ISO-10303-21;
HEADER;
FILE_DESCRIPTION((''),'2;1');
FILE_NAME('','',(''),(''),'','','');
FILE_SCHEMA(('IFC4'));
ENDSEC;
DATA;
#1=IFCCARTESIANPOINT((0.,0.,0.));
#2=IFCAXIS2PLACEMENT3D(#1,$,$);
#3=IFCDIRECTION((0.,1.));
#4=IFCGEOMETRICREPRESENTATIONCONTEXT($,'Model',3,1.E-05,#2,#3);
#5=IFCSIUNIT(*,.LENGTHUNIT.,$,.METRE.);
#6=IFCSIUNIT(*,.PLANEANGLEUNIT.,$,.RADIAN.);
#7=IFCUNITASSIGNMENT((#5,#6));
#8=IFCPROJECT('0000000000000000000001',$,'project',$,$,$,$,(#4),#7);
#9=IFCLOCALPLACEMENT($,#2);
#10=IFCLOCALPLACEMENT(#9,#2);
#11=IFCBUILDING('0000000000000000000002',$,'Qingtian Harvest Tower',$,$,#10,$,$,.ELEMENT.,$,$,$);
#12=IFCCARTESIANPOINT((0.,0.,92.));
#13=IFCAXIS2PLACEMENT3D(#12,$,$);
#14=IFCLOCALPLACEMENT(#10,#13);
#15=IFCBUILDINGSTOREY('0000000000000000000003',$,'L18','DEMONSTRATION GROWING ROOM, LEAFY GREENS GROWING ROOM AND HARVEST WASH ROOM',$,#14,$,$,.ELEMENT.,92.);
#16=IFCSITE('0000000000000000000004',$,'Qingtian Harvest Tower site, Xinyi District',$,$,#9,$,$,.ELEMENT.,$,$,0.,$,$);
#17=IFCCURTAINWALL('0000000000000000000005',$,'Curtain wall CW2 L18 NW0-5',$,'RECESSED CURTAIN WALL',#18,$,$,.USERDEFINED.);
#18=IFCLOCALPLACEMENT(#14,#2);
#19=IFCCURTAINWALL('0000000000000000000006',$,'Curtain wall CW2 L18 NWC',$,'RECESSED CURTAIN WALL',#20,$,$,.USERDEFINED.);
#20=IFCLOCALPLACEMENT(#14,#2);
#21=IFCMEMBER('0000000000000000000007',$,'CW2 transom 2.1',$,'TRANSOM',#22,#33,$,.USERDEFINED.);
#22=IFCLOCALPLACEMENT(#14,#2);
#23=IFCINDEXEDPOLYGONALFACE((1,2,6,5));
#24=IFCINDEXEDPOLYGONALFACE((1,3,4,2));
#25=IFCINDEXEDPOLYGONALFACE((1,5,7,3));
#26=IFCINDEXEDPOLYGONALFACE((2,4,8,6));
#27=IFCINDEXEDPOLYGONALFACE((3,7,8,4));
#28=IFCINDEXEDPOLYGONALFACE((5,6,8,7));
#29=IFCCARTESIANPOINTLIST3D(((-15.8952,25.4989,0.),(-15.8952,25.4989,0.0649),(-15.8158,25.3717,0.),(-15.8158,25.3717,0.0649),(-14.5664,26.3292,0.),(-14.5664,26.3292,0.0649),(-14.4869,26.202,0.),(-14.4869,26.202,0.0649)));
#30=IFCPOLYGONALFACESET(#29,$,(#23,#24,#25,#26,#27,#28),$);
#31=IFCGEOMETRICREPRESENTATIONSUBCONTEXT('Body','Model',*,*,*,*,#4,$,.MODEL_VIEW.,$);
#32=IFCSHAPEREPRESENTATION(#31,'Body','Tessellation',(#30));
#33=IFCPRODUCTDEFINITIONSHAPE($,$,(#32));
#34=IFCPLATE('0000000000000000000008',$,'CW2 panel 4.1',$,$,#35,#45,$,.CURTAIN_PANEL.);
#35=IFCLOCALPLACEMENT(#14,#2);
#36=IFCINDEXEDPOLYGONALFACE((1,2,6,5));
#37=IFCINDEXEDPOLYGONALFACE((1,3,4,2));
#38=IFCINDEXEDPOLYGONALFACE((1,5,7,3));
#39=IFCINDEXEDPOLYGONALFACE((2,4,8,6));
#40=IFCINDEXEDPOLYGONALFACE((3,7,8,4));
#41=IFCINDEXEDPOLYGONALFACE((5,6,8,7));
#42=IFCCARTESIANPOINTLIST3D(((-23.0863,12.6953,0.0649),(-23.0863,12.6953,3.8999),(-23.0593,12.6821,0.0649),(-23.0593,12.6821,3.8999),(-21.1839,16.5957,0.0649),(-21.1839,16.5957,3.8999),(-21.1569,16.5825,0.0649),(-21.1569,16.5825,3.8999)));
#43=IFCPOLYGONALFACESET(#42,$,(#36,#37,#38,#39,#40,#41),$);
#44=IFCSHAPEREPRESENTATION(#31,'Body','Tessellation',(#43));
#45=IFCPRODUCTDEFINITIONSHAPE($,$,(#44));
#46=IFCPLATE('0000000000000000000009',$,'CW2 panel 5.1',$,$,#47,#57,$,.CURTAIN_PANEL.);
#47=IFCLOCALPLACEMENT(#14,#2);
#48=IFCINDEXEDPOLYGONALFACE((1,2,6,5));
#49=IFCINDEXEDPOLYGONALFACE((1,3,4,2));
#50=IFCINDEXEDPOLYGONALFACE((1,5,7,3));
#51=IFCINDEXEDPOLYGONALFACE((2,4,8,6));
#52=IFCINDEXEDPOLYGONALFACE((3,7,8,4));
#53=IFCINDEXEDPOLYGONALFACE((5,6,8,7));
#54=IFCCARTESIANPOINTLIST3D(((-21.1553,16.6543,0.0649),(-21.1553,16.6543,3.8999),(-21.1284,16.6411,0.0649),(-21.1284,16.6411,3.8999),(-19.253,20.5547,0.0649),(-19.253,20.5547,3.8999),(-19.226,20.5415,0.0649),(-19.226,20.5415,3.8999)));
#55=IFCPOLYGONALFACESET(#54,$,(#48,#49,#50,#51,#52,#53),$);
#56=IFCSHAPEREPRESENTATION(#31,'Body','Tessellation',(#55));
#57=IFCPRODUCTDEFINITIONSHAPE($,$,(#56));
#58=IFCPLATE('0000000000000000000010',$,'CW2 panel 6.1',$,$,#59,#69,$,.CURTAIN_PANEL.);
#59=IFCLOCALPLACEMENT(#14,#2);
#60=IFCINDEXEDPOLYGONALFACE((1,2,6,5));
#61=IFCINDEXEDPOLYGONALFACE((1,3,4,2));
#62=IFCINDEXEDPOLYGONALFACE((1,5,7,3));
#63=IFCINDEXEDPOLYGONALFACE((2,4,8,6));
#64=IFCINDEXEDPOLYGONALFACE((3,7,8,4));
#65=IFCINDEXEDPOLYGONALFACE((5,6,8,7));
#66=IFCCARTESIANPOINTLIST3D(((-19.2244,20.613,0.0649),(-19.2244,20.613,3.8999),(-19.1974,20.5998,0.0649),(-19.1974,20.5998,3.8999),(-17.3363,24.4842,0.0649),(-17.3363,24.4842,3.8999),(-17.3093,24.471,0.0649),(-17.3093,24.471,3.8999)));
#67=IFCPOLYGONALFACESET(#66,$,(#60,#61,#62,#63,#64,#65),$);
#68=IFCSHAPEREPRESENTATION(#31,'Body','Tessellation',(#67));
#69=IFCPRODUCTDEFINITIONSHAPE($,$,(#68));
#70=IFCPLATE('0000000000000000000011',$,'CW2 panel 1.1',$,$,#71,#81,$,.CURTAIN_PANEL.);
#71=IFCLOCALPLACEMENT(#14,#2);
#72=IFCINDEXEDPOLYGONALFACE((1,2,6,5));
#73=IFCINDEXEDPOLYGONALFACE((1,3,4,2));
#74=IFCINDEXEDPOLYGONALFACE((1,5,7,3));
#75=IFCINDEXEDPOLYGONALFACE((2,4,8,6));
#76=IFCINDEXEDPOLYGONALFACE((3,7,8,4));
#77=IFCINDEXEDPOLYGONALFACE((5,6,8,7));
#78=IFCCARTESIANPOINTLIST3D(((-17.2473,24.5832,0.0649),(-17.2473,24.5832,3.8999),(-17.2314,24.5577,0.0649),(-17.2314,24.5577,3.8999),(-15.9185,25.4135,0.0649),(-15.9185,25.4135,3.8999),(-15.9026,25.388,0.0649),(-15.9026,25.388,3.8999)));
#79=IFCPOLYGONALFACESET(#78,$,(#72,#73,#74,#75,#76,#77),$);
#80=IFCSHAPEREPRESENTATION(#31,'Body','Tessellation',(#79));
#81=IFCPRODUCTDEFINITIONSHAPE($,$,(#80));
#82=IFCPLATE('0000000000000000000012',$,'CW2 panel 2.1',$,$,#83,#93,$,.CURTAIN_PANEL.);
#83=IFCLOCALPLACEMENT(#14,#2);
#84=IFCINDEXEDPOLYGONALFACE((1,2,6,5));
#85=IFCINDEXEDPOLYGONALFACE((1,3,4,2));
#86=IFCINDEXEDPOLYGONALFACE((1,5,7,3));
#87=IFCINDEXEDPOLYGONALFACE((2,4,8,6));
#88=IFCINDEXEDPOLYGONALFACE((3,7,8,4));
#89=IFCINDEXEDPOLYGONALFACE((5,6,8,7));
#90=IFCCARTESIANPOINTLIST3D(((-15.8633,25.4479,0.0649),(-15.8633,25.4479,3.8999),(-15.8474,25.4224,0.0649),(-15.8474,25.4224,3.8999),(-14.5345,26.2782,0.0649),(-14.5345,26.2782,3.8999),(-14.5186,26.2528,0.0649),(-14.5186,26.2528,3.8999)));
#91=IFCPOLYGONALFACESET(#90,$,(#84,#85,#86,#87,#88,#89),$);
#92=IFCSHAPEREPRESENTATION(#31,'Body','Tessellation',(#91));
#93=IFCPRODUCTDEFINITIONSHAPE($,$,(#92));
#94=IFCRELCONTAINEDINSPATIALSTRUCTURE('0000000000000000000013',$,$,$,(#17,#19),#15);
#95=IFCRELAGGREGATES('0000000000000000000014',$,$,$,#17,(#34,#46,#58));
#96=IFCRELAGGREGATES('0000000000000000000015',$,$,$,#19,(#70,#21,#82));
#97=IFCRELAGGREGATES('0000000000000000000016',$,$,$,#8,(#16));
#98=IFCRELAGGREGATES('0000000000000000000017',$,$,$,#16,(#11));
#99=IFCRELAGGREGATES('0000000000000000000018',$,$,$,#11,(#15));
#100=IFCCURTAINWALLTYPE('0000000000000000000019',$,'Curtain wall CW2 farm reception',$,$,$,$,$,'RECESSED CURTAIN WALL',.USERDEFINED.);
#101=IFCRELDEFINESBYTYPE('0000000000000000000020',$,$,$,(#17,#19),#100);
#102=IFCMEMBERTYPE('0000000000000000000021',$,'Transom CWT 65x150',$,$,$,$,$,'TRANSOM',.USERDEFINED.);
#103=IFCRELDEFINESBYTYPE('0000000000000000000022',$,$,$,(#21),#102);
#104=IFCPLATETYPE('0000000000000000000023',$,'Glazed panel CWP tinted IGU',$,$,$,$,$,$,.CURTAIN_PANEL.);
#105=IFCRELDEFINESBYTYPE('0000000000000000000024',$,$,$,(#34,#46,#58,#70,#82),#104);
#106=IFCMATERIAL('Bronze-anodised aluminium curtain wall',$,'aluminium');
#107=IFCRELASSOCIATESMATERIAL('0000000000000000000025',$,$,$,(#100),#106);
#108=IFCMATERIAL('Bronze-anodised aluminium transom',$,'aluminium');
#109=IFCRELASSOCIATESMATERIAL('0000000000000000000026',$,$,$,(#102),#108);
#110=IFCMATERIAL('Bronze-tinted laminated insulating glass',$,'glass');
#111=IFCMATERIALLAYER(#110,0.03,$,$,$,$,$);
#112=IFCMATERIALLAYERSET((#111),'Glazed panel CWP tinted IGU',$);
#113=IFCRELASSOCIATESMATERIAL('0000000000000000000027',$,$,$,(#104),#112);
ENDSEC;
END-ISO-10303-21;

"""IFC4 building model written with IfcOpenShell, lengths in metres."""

from ifc_helpers import new_model, si_unit, direction, frame, origin, origin_2d, place, context, subcontext, project, spatial, rectangle, extrude, material, layer, layer_set, material_profile, profile_set, type_object, element, aggregate, save


model = new_model("IFC4")

# Units and contexts
model_context = context("Model", 3, precision=1e-05, world=origin(), true_north=direction((0.0, 1.0)))
body_context = subcontext(model_context, "Body", "Model", "MODEL_VIEW")
ifc_project = project(units=[si_unit("LENGTHUNIT", "METRE"), si_unit("PLANEANGLEUNIT", "RADIAN")], contexts=[model_context])

# Site, building, storey
site_placement = place(None, origin())
site = spatial("IfcSite", under=ifc_project, at=site_placement, Name="Qingtian Harvest Tower site, Xinyi District", CompositionType="ELEMENT", RefElevation=0.0)
building_placement = place(site_placement, origin())
building = spatial("IfcBuilding", under=site, at=building_placement, Name="Qingtian Harvest Tower", CompositionType="ELEMENT")
storey_placement = place(building_placement, frame((0.0, 0.0, 92.0)))
storey = spatial("IfcBuildingStorey", under=building, at=storey_placement, Name="L18", Description="DEMONSTRATION GROWING ROOM, LEAFY GREENS GROWING ROOM AND HARVEST WASH ROOM", CompositionType="ELEMENT", Elevation=92.0)

# Curtain walls
ifc_material_1 = material(Name="Bronze-anodised aluminium curtain wall", Category="aluminium")
curtain_wall_type = type_object("IfcCurtainWallType", Name="Curtain wall CW2 farm reception", ElementType="RECESSED CURTAIN WALL", PredefinedType="USERDEFINED", material=ifc_material_1)
curtain_wall_1_placement = place(storey_placement, origin())
curtain_wall_1 = element("IfcCurtainWall", 1, at=curtain_wall_1_placement, inside=storey, type_object=curtain_wall_type, Name="Curtain wall CW2 L18 NW0-5", ObjectType="RECESSED CURTAIN WALL", PredefinedType="USERDEFINED")
curtain_wall_2_placement = place(storey_placement, origin())
curtain_wall_2 = element("IfcCurtainWall", 2, at=curtain_wall_2_placement, inside=storey, type_object=curtain_wall_type, Name="Curtain wall CW2 L18 NWC", ObjectType="RECESSED CURTAIN WALL", PredefinedType="USERDEFINED")

# Member
ifc_material_2 = material(Name="Bronze-anodised aluminium transom", Category="aluminium")
ifc_material_profile_1 = material_profile(ifc_material_2, rectangle(XDim=0.1499, YDim=0.0649, at=origin_2d()), Name="AL 65x150")
ifc_profile_set_1 = profile_set([ifc_material_profile_1], Name="Bronze-anodised aluminium transom")
member_type_1 = type_object("IfcMemberType", Name="Transom CWT 65x150", ElementType="TRANSOM", PredefinedType="USERDEFINED", material=ifc_profile_set_1)
member_1_placement = place(storey_placement, frame((-15.8555, 25.4353, 0.0325), z_axis=(0.84806, 0.529901, 0.0), x_axis=(-0.529901, 0.84806, 0.0)))
member_1 = element("IfcMember", 3, at=member_1_placement, type_object=member_type_1, Name="CW2 transom 2.1", ObjectType="TRANSOM", PredefinedType="USERDEFINED", context=body_context, shape_type="SweptSolid", body=[
    extrude(rectangle(XDim=0.1499, YDim=0.0649, at=origin_2d()), origin(), (0.0, 0.0, 1.0), 1.5669),
])

# Plates
ifc_material_3 = material(Name="Bronze-tinted laminated insulating glass", Category="glass")
ifc_layer = layer(ifc_material_3, 0.03)
ifc_layer_set = layer_set([ifc_layer], Name="Glazed panel CWP tinted IGU")
plate_type = type_object("IfcPlateType", Name="Glazed panel CWP tinted IGU", PredefinedType="CURTAIN_PANEL", material=ifc_layer_set)
plate_1_placement = place(storey_placement, frame((-22.1216, 14.6389, 0.0649), z_axis=(0.0, 0.0, 1.0), x_axis=(0.438371, 0.898794, 0.0)))
plate_1 = element("IfcPlate", 4, at=plate_1_placement, type_object=plate_type, Name="CW2 panel 4.1", PredefinedType="CURTAIN_PANEL", context=body_context, shape_type="SweptSolid", body=[
    extrude(rectangle(XDim=4.3396, YDim=0.03, at=origin_2d()), origin(), (0.0, 0.0, 1.0), 3.835),
])
plate_2_placement = place(storey_placement, frame((-20.1907, 18.5979, 0.0649), z_axis=(0.0, 0.0, 1.0), x_axis=(0.438371, 0.898794, 0.0)))
plate_2 = element("IfcPlate", 5, at=plate_2_placement, type_object=plate_type, Name="CW2 panel 5.1", PredefinedType="CURTAIN_PANEL", context=body_context, shape_type="SweptSolid", body=[
    extrude(rectangle(XDim=4.3396, YDim=0.03, at=origin_2d()), origin(), (0.0, 0.0, 1.0), 3.835),
])
plate_3_placement = place(storey_placement, frame((-18.2668, 22.542, 0.0649), z_axis=(0.0, 0.0, 1.0), x_axis=(0.438371, 0.898794, 0.0)))
plate_3 = element("IfcPlate", 6, at=plate_3_placement, type_object=plate_type, Name="CW2 panel 6.1", PredefinedType="CURTAIN_PANEL", context=body_context, shape_type="SweptSolid", body=[
    extrude(rectangle(XDim=4.3071, YDim=0.03, at=origin_2d()), origin(), (0.0, 0.0, 1.0), 3.835),
])
aggregate(curtain_wall_1, [plate_1, plate_2, plate_3])
plate_4_placement = place(storey_placement, frame((-16.575, 24.9856, 0.0649), z_axis=(0.0, 0.0, 1.0), x_axis=(0.848048, 0.529919, 0.0)))
plate_4 = element("IfcPlate", 7, at=plate_4_placement, type_object=plate_type, Name="CW2 panel 1.1", PredefinedType="CURTAIN_PANEL", context=body_context, shape_type="SweptSolid", body=[
    extrude(rectangle(XDim=1.5669, YDim=0.03, at=origin_2d()), origin(), (0.0, 0.0, 1.0), 3.835),
])
plate_5_placement = place(storey_placement, frame((-15.1909, 25.8503, 0.0649), z_axis=(0.0, 0.0, 1.0), x_axis=(0.848048, 0.529919, 0.0)))
plate_5 = element("IfcPlate", 8, at=plate_5_placement, type_object=plate_type, Name="CW2 panel 2.1", PredefinedType="CURTAIN_PANEL", context=body_context, shape_type="SweptSolid", body=[
    extrude(rectangle(XDim=1.5669, YDim=0.03, at=origin_2d()), origin(), (0.0, 0.0, 1.0), 3.835),
])
aggregate(curtain_wall_2, [plate_4, member_1, plate_5])

save(model, "model.ifc")
